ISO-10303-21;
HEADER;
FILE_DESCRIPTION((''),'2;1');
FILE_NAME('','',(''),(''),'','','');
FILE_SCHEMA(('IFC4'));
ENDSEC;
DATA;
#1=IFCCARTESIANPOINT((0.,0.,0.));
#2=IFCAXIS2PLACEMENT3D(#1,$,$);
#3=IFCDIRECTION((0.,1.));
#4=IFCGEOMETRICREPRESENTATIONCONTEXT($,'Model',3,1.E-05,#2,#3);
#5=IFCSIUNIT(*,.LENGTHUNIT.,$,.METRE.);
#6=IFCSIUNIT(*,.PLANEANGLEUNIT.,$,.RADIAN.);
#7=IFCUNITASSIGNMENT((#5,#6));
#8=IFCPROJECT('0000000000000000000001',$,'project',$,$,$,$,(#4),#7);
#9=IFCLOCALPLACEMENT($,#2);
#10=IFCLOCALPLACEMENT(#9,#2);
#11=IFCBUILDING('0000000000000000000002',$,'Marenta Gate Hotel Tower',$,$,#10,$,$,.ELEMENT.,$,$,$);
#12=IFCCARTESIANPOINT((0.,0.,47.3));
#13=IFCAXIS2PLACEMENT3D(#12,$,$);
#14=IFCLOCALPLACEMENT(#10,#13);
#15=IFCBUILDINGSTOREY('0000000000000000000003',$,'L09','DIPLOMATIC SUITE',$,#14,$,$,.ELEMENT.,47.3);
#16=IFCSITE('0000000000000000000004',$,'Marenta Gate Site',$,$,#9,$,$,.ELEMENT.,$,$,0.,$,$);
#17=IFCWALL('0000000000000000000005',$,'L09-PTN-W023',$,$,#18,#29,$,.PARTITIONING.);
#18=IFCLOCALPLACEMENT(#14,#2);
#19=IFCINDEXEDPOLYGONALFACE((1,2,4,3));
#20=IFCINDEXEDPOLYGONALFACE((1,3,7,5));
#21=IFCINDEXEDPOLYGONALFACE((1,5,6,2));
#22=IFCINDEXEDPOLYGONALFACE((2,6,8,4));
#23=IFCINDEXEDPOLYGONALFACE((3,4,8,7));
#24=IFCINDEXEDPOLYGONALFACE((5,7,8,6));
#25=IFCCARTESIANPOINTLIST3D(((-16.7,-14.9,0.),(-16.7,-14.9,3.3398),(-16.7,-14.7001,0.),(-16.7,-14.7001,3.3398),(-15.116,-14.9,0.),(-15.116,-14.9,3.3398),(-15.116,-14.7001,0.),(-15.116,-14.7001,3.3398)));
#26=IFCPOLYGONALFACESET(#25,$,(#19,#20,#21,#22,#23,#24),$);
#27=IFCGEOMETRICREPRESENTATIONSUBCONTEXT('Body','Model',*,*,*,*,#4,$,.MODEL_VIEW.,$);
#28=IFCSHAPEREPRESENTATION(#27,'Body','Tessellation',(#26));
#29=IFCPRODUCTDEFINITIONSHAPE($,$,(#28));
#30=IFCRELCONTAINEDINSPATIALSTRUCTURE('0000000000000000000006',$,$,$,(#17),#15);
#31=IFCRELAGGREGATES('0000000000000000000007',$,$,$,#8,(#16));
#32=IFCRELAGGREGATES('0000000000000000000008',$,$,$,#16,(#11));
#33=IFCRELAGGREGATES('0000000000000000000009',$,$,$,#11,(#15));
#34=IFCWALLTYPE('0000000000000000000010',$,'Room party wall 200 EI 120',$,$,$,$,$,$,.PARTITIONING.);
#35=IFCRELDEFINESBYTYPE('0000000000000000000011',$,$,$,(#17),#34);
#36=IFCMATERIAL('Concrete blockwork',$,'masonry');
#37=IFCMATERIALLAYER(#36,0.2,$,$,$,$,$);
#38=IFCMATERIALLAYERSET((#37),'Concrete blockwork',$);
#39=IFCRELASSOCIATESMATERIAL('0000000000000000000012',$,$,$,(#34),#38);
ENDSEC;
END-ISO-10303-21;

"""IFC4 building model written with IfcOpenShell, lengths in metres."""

from ifc_helpers import new_model, si_unit, direction, frame, frame_2d, origin, place, context, subcontext, project, spatial, rectangle, extrude, material, layer, layer_set, type_object, element, save


model = new_model("IFC4")

# Units and contexts
model_context = context("Model", 3, precision=1e-05, world=origin(), true_north=direction((0.0, 1.0)))
body_context = subcontext(model_context, "Body", "Model", "MODEL_VIEW")
ifc_project = project(units=[si_unit("LENGTHUNIT", "METRE"), si_unit("PLANEANGLEUNIT", "RADIAN")], contexts=[model_context])

# Site, building, storey
site_placement = place(None, origin())
site = spatial("IfcSite", under=ifc_project, at=site_placement, Name="Marenta Gate Site", CompositionType="ELEMENT", RefElevation=0.0)
building_placement = place(site_placement, origin())
building = spatial("IfcBuilding", under=site, at=building_placement, Name="Marenta Gate Hotel Tower", CompositionType="ELEMENT")
storey_placement = place(building_placement, frame((0.0, 0.0, 47.3)))
storey = spatial("IfcBuildingStorey", under=building, at=storey_placement, Name="L09", Description="DIPLOMATIC SUITE", CompositionType="ELEMENT", Elevation=47.3)

# Wall
ifc_material_1 = material(Name="Concrete blockwork", Category="masonry")
ifc_layer_1 = layer(ifc_material_1, 0.2)
ifc_layer_set_1 = layer_set([ifc_layer_1], Name="Concrete blockwork")
wall_type_1 = type_object("IfcWallType", Name="Room party wall 200 EI 120", PredefinedType="PARTITIONING", material=ifc_layer_set_1)
wall_1_placement = place(storey_placement, frame((-16.7, -14.8, 0.0), z_axis=(0.0, 0.0, 1.0), x_axis=(1.0, 0.0, 0.0)))
element("IfcWall", 1, at=wall_1_placement, inside=storey, type_object=wall_type_1, Name="L09-PTN-W023", PredefinedType="PARTITIONING", context=body_context, shape_type="SweptSolid", body=[
    extrude(rectangle(XDim=1.584, YDim=0.2, at=frame_2d((0.792, 0.0))), origin(), (0.0, 0.0, 1.0), 3.3398),
])

save(model, "model.ifc")
